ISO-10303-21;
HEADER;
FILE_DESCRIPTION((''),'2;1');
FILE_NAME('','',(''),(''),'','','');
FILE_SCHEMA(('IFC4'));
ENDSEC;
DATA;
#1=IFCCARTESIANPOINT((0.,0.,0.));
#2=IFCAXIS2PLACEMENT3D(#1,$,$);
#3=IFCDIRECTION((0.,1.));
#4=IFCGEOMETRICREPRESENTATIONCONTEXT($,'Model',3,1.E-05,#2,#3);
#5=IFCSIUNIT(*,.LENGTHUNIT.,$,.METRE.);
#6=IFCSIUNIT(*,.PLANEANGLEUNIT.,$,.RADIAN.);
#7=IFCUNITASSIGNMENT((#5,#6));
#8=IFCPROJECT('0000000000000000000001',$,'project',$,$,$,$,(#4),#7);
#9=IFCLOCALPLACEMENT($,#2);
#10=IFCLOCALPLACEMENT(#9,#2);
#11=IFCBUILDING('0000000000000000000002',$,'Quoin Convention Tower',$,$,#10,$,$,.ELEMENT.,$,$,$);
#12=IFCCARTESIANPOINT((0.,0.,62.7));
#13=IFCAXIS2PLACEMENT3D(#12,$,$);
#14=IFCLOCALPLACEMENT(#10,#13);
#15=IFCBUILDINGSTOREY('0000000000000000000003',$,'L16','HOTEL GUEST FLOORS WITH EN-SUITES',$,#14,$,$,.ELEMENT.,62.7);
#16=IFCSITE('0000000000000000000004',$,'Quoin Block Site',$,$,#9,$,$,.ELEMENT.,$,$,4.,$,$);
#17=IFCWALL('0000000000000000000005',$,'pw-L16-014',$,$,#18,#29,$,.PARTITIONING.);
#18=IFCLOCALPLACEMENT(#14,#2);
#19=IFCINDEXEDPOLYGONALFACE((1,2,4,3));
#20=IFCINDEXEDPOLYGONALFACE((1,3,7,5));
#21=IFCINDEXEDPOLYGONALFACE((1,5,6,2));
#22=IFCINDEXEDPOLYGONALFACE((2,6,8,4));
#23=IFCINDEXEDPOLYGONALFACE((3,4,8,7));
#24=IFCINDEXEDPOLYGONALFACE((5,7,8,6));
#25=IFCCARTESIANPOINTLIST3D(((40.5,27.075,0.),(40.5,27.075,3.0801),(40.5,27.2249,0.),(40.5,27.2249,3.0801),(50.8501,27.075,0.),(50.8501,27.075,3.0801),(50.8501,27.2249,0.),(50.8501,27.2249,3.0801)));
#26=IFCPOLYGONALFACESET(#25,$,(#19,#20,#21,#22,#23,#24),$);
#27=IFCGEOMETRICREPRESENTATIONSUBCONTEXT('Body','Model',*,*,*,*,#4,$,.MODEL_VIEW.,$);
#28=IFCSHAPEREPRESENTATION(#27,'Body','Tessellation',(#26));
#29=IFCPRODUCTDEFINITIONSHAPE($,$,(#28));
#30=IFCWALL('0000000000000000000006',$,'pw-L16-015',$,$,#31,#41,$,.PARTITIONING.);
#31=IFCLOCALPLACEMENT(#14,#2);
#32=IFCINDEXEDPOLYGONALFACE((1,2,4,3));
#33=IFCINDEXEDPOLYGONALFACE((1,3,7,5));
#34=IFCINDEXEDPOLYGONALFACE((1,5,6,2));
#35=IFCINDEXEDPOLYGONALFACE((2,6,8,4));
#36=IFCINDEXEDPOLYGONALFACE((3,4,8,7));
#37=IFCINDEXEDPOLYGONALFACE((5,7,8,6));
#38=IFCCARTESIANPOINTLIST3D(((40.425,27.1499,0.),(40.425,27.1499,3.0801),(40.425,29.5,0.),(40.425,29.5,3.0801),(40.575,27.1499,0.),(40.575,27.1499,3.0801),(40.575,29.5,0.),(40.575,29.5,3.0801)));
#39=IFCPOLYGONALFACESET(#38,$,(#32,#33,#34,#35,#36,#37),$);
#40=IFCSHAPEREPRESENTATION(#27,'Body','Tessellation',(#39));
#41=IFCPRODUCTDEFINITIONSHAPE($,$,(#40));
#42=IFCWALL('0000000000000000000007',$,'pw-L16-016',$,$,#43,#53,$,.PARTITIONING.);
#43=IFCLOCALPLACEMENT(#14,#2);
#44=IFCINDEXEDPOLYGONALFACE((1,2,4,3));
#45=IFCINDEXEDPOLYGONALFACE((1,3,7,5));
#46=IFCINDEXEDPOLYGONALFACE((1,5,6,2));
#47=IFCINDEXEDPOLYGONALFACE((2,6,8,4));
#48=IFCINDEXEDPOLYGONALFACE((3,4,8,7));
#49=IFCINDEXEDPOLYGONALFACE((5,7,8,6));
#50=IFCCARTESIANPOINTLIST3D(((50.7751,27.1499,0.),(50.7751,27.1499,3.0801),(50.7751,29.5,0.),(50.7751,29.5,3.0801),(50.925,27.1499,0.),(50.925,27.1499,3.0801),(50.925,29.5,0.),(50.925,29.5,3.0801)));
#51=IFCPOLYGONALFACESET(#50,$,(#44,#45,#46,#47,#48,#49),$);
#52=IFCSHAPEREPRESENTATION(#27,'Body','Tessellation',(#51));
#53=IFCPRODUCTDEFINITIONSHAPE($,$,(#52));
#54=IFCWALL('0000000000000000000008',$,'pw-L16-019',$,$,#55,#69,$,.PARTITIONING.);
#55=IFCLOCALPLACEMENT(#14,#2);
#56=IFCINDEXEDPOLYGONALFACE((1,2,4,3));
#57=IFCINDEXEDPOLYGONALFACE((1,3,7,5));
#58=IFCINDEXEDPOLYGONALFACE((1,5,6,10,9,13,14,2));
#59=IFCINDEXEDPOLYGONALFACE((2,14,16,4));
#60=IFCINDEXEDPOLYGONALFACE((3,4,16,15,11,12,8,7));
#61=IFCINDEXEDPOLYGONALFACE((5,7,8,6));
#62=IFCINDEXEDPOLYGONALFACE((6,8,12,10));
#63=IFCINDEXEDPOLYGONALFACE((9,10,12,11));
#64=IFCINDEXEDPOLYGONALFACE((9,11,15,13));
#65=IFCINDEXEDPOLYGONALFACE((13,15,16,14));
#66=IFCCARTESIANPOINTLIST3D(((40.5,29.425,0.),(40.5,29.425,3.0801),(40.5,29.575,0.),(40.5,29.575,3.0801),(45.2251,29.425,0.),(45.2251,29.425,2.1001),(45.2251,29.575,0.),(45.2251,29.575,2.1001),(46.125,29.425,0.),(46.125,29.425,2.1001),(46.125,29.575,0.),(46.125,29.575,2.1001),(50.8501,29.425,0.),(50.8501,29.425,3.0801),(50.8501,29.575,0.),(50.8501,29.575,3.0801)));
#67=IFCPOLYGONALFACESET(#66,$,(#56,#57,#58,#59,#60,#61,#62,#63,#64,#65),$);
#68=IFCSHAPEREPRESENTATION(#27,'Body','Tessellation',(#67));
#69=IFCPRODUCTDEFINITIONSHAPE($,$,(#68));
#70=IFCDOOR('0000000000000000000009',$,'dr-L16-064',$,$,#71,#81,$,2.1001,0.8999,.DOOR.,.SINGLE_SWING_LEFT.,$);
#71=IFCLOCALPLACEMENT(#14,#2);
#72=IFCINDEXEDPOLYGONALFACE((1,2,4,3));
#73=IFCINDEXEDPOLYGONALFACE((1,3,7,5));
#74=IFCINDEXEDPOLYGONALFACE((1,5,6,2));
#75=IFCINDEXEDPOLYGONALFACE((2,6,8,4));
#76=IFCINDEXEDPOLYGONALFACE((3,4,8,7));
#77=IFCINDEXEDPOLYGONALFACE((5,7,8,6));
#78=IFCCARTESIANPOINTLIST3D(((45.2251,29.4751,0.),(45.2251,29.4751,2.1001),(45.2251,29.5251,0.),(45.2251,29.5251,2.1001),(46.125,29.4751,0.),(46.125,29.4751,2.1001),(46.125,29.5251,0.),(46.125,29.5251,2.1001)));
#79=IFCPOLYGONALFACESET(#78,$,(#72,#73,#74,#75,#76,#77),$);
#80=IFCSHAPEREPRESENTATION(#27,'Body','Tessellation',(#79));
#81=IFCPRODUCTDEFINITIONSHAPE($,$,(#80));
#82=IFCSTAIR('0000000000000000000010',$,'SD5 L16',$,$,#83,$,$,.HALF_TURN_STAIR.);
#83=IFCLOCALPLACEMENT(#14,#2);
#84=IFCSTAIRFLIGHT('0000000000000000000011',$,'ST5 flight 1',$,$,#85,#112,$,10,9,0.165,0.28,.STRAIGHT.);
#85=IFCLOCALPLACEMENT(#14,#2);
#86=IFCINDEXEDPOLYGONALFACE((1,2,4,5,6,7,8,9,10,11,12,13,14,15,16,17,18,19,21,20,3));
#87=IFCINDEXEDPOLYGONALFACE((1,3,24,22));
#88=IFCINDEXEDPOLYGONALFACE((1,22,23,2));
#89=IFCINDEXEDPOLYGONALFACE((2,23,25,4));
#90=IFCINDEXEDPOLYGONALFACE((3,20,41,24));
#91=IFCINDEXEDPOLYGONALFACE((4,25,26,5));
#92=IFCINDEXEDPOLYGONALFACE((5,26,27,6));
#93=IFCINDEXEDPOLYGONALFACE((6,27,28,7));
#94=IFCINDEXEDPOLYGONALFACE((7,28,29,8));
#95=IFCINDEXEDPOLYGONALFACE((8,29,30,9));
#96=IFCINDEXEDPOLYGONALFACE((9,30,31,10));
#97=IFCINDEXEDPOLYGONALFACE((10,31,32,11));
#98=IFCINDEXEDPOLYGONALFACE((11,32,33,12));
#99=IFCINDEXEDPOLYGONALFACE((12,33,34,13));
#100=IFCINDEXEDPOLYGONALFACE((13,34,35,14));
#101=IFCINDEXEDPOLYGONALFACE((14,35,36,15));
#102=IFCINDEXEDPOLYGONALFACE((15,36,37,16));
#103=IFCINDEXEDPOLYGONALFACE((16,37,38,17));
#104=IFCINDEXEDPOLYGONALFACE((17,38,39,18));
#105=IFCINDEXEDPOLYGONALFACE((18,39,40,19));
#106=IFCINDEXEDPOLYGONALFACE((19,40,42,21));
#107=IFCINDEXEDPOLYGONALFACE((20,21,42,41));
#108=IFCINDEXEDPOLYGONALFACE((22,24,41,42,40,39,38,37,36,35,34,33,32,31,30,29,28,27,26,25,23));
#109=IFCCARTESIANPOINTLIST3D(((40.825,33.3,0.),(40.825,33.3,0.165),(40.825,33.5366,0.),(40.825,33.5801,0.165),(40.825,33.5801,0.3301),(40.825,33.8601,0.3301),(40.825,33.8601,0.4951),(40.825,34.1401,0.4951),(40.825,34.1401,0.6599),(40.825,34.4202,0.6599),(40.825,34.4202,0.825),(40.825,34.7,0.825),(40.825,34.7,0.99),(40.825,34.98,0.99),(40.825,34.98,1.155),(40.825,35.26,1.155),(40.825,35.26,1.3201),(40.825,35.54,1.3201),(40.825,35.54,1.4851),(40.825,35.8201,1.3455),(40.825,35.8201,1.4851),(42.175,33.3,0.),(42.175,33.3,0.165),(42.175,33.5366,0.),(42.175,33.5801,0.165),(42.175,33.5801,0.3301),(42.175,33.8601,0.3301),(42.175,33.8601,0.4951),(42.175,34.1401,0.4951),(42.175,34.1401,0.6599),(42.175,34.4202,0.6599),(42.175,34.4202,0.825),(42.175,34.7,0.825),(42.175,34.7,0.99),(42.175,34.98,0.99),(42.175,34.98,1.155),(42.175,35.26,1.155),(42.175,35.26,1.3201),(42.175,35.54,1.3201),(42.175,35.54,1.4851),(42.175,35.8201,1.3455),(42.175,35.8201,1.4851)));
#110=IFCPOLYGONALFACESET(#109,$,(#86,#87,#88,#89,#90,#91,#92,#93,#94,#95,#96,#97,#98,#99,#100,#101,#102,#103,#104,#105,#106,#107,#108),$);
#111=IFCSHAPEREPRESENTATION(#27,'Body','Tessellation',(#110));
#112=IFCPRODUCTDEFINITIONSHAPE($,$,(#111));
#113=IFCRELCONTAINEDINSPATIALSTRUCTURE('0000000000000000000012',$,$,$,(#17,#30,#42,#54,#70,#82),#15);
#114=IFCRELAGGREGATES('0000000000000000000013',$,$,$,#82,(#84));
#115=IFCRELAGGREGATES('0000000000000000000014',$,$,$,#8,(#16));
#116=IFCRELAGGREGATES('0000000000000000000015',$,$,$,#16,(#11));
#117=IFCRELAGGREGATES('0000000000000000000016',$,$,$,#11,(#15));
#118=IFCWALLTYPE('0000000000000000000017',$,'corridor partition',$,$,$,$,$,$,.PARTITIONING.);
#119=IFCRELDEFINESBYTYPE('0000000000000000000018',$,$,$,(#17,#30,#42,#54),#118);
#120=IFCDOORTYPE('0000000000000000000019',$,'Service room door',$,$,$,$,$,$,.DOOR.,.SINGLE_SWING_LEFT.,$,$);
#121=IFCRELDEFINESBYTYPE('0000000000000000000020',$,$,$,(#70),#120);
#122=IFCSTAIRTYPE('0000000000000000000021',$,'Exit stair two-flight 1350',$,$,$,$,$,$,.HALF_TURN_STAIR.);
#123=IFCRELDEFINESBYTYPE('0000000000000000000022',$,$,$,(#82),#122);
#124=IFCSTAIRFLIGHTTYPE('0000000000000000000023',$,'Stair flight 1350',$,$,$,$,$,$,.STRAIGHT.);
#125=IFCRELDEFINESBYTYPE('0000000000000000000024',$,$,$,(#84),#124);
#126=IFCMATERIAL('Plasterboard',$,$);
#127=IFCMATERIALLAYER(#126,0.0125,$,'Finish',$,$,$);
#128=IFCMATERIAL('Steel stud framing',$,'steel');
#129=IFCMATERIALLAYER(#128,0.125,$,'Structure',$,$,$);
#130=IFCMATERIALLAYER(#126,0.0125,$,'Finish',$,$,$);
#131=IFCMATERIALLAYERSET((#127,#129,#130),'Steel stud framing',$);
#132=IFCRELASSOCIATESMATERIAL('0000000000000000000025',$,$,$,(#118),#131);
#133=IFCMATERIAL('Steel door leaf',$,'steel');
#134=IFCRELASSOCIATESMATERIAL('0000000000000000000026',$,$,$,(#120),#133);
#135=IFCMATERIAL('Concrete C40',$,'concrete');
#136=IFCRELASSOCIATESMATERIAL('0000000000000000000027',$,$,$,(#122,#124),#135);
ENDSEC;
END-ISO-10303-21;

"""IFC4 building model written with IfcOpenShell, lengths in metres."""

from ifc_helpers import new_model, si_unit, direction, frame, frame_2d, origin, place, context, subcontext, project, spatial, polyline, rectangle, outline, extrude, material, layer, layer_set, type_object, element, fill, aggregate, save


model = new_model("IFC4")

# Units and contexts
model_context = context("Model", 3, precision=1e-05, world=origin(), true_north=direction((0.0, 1.0)))
body_context = subcontext(model_context, "Body", "Model", "MODEL_VIEW")
ifc_project = project(units=[si_unit("LENGTHUNIT", "METRE"), si_unit("PLANEANGLEUNIT", "RADIAN")], contexts=[model_context])

# Site, building, storey
site_placement = place(None, origin())
site = spatial("IfcSite", under=ifc_project, at=site_placement, Name="Quoin Block Site", CompositionType="ELEMENT", RefElevation=4.0)
building_placement = place(site_placement, origin())
building = spatial("IfcBuilding", under=site, at=building_placement, Name="Quoin Convention Tower", CompositionType="ELEMENT")
storey_placement = place(building_placement, frame((0.0, 0.0, 62.7)))
storey = spatial("IfcBuildingStorey", under=building, at=storey_placement, Name="L16", Description="HOTEL GUEST FLOORS WITH EN-SUITES", CompositionType="ELEMENT", Elevation=62.7)

# Shared definitions
ifc_material_1 = material(Name="Steel door leaf", Category="steel")

# Shared definitions
ifc_material_2 = material(Name="Plasterboard")
ifc_layer_1 = layer(ifc_material_2, 0.0125, Name="Finish")
ifc_material_3 = material(Name="Steel stud framing", Category="steel")
ifc_layer_2 = layer(ifc_material_3, 0.125, Name="Structure")
ifc_layer_3 = layer(ifc_material_2, 0.0125, Name="Finish")
ifc_layer_set_1 = layer_set([ifc_layer_1, ifc_layer_2, ifc_layer_3], Name="Steel stud framing")
wall_type_1 = type_object("IfcWallType", Name="corridor partition", PredefinedType="PARTITIONING", material=ifc_layer_set_1)

# Walls
wall_1_placement = place(storey_placement, frame((40.5, 27.1499, 0.0), z_axis=(0.0, 0.0, 1.0), x_axis=(1.0, 0.0, 0.0)))
element("IfcWall", 1, at=wall_1_placement, inside=storey, type_object=wall_type_1, Name="pw-L16-014", PredefinedType="PARTITIONING", context=body_context, shape_type="SweptSolid", body=[
    extrude(rectangle(XDim=10.3501, YDim=0.1499, at=frame_2d((5.175, 0.0))), origin(), (0.0, 0.0, 1.0), 3.0801),
])
for number, where, z_axis, x_axis, name in (
    (2, (40.5, 27.1499, 0.0), (0.0, 0.0, 1.0), (0.0, 1.0, 0.0), "pw-L16-015"),
    (3, (50.8501, 27.1499, 0.0), (0.0, 0.0, 1.0), (0.0, 1.0, 0.0), "pw-L16-016"),
):
    element("IfcWall", number, at=place(storey_placement, frame(where, z_axis=z_axis, x_axis=x_axis)), inside=storey, type_object=wall_type_1, Name=name, PredefinedType="PARTITIONING", context=body_context, shape_type="SweptSolid", body=[
        extrude(rectangle(XDim=2.3501, YDim=0.1499, at=frame_2d((1.175, 0.0))), origin(), (0.0, 0.0, 1.0), 3.0801),
    ])

# Wall, opening, door
wall_2_placement = place(storey_placement, frame((40.5, 29.5, 0.0), z_axis=(0.0, 0.0, 1.0), x_axis=(1.0, 0.0, 0.0)))
wall_2 = element("IfcWall", 4, at=wall_2_placement, inside=storey, type_object=wall_type_1, Name="pw-L16-019", PredefinedType="PARTITIONING", context=body_context, shape_type="SweptSolid", body=[
    extrude(rectangle(XDim=10.3501, YDim=0.1499, at=frame_2d((5.175, 0.0))), origin(), (0.0, 0.0, 1.0), 3.0801),
])
opening_1_placement = place(wall_2_placement, frame((4.7251, 0.0, 0.0)))
opening_1 = element("IfcOpeningElement", 5, at=opening_1_placement, cuts=wall_2, PredefinedType="OPENING", context=body_context, shape_type="SweptSolid", body=[
    extrude(rectangle(XDim=0.8999, YDim=2.1001, at=frame_2d((0.45, 1.05))), frame((0.0, 0.085, 0.0), z_axis=(0.0, -1.0, 0.0), x_axis=(1.0, 0.0, 0.0)), (0.0, 0.0, 1.0), 0.1699),
])
door_type_1 = type_object("IfcDoorType", Name="Service room door", OperationType="SINGLE_SWING_LEFT", PredefinedType="DOOR", material=ifc_material_1)
door_1_placement = place(opening_1_placement, frame((0.8999, 0.0, 0.0), z_axis=(0.0, 0.0, 1.0), x_axis=(-1.0, 0.0, 0.0)))
door_1 = element("IfcDoor", 6, at=door_1_placement, inside=storey, type_object=door_type_1, Name="dr-L16-064", OperationType="SINGLE_SWING_LEFT", OverallHeight=2.1001, OverallWidth=0.8999, PredefinedType="DOOR", context=body_context, shape_type="SweptSolid", body=[
    extrude(rectangle(XDim=0.8999, YDim=2.1001, at=frame_2d((0.45, 1.05))), frame((0.0, 0.0249, 0.0), z_axis=(0.0, -1.0, 0.0), x_axis=(1.0, 0.0, 0.0)), (0.0, 0.0, 1.0), 0.05),
])
fill(opening_1, door_1)

# Stair, stair flight
ifc_material_4 = material(Name="Concrete C40", Category="concrete")
stair_type = type_object("IfcStairType", Name="Exit stair two-flight 1350", PredefinedType="HALF_TURN_STAIR", material=ifc_material_4)
stair_placement = place(storey_placement, origin())
stair = element("IfcStair", 7, at=stair_placement, inside=storey, type_object=stair_type, Name="SD5 L16", PredefinedType="HALF_TURN_STAIR")
stair_flight_type = type_object("IfcStairFlightType", Name="Stair flight 1350", PredefinedType="STRAIGHT", material=ifc_material_4)
stair_flight_placement = place(storey_placement, frame((41.5, 33.3, 0.0), z_axis=(0.0, 0.0, 1.0), x_axis=(0.0, 1.0, 0.0)))
stair_flight = element("IfcStairFlight", 8, at=stair_flight_placement, type_object=stair_flight_type, Name="ST5 flight 1", NumberOfRisers=10, NumberOfTreads=9, PredefinedType="STRAIGHT", RiserHeight=0.165, TreadLength=0.28, context=body_context, shape_type="SweptSolid", body=[
    extrude(outline(polyline([(0.0, 0.0), (0.0, 0.165), (0.28, 0.165), (0.28, 0.3301), (0.5601, 0.3301), (0.5601, 0.4951), (0.8401, 0.4951), (0.8401, 0.6599), (1.1201, 0.6599), (1.1201, 0.825), (1.3999, 0.825), (1.3999, 0.99), (1.6799, 0.99), (1.6799, 1.155), (1.96, 1.155), (1.96, 1.3201), (2.24, 1.3201), (2.24, 1.4851), (2.52, 1.4851), (2.52, 1.6499), (2.52, 1.3455), (0.2366, 0.0), (0.0, 0.0)])), frame((0.0, 0.675, 0.0), z_axis=(0.0, -1.0, 0.0), x_axis=(1.0, 0.0, 0.0)), (0.0, 0.0, 1.0), 1.3501),
])
aggregate(stair, [stair_flight])

save(model, "model.ifc")
